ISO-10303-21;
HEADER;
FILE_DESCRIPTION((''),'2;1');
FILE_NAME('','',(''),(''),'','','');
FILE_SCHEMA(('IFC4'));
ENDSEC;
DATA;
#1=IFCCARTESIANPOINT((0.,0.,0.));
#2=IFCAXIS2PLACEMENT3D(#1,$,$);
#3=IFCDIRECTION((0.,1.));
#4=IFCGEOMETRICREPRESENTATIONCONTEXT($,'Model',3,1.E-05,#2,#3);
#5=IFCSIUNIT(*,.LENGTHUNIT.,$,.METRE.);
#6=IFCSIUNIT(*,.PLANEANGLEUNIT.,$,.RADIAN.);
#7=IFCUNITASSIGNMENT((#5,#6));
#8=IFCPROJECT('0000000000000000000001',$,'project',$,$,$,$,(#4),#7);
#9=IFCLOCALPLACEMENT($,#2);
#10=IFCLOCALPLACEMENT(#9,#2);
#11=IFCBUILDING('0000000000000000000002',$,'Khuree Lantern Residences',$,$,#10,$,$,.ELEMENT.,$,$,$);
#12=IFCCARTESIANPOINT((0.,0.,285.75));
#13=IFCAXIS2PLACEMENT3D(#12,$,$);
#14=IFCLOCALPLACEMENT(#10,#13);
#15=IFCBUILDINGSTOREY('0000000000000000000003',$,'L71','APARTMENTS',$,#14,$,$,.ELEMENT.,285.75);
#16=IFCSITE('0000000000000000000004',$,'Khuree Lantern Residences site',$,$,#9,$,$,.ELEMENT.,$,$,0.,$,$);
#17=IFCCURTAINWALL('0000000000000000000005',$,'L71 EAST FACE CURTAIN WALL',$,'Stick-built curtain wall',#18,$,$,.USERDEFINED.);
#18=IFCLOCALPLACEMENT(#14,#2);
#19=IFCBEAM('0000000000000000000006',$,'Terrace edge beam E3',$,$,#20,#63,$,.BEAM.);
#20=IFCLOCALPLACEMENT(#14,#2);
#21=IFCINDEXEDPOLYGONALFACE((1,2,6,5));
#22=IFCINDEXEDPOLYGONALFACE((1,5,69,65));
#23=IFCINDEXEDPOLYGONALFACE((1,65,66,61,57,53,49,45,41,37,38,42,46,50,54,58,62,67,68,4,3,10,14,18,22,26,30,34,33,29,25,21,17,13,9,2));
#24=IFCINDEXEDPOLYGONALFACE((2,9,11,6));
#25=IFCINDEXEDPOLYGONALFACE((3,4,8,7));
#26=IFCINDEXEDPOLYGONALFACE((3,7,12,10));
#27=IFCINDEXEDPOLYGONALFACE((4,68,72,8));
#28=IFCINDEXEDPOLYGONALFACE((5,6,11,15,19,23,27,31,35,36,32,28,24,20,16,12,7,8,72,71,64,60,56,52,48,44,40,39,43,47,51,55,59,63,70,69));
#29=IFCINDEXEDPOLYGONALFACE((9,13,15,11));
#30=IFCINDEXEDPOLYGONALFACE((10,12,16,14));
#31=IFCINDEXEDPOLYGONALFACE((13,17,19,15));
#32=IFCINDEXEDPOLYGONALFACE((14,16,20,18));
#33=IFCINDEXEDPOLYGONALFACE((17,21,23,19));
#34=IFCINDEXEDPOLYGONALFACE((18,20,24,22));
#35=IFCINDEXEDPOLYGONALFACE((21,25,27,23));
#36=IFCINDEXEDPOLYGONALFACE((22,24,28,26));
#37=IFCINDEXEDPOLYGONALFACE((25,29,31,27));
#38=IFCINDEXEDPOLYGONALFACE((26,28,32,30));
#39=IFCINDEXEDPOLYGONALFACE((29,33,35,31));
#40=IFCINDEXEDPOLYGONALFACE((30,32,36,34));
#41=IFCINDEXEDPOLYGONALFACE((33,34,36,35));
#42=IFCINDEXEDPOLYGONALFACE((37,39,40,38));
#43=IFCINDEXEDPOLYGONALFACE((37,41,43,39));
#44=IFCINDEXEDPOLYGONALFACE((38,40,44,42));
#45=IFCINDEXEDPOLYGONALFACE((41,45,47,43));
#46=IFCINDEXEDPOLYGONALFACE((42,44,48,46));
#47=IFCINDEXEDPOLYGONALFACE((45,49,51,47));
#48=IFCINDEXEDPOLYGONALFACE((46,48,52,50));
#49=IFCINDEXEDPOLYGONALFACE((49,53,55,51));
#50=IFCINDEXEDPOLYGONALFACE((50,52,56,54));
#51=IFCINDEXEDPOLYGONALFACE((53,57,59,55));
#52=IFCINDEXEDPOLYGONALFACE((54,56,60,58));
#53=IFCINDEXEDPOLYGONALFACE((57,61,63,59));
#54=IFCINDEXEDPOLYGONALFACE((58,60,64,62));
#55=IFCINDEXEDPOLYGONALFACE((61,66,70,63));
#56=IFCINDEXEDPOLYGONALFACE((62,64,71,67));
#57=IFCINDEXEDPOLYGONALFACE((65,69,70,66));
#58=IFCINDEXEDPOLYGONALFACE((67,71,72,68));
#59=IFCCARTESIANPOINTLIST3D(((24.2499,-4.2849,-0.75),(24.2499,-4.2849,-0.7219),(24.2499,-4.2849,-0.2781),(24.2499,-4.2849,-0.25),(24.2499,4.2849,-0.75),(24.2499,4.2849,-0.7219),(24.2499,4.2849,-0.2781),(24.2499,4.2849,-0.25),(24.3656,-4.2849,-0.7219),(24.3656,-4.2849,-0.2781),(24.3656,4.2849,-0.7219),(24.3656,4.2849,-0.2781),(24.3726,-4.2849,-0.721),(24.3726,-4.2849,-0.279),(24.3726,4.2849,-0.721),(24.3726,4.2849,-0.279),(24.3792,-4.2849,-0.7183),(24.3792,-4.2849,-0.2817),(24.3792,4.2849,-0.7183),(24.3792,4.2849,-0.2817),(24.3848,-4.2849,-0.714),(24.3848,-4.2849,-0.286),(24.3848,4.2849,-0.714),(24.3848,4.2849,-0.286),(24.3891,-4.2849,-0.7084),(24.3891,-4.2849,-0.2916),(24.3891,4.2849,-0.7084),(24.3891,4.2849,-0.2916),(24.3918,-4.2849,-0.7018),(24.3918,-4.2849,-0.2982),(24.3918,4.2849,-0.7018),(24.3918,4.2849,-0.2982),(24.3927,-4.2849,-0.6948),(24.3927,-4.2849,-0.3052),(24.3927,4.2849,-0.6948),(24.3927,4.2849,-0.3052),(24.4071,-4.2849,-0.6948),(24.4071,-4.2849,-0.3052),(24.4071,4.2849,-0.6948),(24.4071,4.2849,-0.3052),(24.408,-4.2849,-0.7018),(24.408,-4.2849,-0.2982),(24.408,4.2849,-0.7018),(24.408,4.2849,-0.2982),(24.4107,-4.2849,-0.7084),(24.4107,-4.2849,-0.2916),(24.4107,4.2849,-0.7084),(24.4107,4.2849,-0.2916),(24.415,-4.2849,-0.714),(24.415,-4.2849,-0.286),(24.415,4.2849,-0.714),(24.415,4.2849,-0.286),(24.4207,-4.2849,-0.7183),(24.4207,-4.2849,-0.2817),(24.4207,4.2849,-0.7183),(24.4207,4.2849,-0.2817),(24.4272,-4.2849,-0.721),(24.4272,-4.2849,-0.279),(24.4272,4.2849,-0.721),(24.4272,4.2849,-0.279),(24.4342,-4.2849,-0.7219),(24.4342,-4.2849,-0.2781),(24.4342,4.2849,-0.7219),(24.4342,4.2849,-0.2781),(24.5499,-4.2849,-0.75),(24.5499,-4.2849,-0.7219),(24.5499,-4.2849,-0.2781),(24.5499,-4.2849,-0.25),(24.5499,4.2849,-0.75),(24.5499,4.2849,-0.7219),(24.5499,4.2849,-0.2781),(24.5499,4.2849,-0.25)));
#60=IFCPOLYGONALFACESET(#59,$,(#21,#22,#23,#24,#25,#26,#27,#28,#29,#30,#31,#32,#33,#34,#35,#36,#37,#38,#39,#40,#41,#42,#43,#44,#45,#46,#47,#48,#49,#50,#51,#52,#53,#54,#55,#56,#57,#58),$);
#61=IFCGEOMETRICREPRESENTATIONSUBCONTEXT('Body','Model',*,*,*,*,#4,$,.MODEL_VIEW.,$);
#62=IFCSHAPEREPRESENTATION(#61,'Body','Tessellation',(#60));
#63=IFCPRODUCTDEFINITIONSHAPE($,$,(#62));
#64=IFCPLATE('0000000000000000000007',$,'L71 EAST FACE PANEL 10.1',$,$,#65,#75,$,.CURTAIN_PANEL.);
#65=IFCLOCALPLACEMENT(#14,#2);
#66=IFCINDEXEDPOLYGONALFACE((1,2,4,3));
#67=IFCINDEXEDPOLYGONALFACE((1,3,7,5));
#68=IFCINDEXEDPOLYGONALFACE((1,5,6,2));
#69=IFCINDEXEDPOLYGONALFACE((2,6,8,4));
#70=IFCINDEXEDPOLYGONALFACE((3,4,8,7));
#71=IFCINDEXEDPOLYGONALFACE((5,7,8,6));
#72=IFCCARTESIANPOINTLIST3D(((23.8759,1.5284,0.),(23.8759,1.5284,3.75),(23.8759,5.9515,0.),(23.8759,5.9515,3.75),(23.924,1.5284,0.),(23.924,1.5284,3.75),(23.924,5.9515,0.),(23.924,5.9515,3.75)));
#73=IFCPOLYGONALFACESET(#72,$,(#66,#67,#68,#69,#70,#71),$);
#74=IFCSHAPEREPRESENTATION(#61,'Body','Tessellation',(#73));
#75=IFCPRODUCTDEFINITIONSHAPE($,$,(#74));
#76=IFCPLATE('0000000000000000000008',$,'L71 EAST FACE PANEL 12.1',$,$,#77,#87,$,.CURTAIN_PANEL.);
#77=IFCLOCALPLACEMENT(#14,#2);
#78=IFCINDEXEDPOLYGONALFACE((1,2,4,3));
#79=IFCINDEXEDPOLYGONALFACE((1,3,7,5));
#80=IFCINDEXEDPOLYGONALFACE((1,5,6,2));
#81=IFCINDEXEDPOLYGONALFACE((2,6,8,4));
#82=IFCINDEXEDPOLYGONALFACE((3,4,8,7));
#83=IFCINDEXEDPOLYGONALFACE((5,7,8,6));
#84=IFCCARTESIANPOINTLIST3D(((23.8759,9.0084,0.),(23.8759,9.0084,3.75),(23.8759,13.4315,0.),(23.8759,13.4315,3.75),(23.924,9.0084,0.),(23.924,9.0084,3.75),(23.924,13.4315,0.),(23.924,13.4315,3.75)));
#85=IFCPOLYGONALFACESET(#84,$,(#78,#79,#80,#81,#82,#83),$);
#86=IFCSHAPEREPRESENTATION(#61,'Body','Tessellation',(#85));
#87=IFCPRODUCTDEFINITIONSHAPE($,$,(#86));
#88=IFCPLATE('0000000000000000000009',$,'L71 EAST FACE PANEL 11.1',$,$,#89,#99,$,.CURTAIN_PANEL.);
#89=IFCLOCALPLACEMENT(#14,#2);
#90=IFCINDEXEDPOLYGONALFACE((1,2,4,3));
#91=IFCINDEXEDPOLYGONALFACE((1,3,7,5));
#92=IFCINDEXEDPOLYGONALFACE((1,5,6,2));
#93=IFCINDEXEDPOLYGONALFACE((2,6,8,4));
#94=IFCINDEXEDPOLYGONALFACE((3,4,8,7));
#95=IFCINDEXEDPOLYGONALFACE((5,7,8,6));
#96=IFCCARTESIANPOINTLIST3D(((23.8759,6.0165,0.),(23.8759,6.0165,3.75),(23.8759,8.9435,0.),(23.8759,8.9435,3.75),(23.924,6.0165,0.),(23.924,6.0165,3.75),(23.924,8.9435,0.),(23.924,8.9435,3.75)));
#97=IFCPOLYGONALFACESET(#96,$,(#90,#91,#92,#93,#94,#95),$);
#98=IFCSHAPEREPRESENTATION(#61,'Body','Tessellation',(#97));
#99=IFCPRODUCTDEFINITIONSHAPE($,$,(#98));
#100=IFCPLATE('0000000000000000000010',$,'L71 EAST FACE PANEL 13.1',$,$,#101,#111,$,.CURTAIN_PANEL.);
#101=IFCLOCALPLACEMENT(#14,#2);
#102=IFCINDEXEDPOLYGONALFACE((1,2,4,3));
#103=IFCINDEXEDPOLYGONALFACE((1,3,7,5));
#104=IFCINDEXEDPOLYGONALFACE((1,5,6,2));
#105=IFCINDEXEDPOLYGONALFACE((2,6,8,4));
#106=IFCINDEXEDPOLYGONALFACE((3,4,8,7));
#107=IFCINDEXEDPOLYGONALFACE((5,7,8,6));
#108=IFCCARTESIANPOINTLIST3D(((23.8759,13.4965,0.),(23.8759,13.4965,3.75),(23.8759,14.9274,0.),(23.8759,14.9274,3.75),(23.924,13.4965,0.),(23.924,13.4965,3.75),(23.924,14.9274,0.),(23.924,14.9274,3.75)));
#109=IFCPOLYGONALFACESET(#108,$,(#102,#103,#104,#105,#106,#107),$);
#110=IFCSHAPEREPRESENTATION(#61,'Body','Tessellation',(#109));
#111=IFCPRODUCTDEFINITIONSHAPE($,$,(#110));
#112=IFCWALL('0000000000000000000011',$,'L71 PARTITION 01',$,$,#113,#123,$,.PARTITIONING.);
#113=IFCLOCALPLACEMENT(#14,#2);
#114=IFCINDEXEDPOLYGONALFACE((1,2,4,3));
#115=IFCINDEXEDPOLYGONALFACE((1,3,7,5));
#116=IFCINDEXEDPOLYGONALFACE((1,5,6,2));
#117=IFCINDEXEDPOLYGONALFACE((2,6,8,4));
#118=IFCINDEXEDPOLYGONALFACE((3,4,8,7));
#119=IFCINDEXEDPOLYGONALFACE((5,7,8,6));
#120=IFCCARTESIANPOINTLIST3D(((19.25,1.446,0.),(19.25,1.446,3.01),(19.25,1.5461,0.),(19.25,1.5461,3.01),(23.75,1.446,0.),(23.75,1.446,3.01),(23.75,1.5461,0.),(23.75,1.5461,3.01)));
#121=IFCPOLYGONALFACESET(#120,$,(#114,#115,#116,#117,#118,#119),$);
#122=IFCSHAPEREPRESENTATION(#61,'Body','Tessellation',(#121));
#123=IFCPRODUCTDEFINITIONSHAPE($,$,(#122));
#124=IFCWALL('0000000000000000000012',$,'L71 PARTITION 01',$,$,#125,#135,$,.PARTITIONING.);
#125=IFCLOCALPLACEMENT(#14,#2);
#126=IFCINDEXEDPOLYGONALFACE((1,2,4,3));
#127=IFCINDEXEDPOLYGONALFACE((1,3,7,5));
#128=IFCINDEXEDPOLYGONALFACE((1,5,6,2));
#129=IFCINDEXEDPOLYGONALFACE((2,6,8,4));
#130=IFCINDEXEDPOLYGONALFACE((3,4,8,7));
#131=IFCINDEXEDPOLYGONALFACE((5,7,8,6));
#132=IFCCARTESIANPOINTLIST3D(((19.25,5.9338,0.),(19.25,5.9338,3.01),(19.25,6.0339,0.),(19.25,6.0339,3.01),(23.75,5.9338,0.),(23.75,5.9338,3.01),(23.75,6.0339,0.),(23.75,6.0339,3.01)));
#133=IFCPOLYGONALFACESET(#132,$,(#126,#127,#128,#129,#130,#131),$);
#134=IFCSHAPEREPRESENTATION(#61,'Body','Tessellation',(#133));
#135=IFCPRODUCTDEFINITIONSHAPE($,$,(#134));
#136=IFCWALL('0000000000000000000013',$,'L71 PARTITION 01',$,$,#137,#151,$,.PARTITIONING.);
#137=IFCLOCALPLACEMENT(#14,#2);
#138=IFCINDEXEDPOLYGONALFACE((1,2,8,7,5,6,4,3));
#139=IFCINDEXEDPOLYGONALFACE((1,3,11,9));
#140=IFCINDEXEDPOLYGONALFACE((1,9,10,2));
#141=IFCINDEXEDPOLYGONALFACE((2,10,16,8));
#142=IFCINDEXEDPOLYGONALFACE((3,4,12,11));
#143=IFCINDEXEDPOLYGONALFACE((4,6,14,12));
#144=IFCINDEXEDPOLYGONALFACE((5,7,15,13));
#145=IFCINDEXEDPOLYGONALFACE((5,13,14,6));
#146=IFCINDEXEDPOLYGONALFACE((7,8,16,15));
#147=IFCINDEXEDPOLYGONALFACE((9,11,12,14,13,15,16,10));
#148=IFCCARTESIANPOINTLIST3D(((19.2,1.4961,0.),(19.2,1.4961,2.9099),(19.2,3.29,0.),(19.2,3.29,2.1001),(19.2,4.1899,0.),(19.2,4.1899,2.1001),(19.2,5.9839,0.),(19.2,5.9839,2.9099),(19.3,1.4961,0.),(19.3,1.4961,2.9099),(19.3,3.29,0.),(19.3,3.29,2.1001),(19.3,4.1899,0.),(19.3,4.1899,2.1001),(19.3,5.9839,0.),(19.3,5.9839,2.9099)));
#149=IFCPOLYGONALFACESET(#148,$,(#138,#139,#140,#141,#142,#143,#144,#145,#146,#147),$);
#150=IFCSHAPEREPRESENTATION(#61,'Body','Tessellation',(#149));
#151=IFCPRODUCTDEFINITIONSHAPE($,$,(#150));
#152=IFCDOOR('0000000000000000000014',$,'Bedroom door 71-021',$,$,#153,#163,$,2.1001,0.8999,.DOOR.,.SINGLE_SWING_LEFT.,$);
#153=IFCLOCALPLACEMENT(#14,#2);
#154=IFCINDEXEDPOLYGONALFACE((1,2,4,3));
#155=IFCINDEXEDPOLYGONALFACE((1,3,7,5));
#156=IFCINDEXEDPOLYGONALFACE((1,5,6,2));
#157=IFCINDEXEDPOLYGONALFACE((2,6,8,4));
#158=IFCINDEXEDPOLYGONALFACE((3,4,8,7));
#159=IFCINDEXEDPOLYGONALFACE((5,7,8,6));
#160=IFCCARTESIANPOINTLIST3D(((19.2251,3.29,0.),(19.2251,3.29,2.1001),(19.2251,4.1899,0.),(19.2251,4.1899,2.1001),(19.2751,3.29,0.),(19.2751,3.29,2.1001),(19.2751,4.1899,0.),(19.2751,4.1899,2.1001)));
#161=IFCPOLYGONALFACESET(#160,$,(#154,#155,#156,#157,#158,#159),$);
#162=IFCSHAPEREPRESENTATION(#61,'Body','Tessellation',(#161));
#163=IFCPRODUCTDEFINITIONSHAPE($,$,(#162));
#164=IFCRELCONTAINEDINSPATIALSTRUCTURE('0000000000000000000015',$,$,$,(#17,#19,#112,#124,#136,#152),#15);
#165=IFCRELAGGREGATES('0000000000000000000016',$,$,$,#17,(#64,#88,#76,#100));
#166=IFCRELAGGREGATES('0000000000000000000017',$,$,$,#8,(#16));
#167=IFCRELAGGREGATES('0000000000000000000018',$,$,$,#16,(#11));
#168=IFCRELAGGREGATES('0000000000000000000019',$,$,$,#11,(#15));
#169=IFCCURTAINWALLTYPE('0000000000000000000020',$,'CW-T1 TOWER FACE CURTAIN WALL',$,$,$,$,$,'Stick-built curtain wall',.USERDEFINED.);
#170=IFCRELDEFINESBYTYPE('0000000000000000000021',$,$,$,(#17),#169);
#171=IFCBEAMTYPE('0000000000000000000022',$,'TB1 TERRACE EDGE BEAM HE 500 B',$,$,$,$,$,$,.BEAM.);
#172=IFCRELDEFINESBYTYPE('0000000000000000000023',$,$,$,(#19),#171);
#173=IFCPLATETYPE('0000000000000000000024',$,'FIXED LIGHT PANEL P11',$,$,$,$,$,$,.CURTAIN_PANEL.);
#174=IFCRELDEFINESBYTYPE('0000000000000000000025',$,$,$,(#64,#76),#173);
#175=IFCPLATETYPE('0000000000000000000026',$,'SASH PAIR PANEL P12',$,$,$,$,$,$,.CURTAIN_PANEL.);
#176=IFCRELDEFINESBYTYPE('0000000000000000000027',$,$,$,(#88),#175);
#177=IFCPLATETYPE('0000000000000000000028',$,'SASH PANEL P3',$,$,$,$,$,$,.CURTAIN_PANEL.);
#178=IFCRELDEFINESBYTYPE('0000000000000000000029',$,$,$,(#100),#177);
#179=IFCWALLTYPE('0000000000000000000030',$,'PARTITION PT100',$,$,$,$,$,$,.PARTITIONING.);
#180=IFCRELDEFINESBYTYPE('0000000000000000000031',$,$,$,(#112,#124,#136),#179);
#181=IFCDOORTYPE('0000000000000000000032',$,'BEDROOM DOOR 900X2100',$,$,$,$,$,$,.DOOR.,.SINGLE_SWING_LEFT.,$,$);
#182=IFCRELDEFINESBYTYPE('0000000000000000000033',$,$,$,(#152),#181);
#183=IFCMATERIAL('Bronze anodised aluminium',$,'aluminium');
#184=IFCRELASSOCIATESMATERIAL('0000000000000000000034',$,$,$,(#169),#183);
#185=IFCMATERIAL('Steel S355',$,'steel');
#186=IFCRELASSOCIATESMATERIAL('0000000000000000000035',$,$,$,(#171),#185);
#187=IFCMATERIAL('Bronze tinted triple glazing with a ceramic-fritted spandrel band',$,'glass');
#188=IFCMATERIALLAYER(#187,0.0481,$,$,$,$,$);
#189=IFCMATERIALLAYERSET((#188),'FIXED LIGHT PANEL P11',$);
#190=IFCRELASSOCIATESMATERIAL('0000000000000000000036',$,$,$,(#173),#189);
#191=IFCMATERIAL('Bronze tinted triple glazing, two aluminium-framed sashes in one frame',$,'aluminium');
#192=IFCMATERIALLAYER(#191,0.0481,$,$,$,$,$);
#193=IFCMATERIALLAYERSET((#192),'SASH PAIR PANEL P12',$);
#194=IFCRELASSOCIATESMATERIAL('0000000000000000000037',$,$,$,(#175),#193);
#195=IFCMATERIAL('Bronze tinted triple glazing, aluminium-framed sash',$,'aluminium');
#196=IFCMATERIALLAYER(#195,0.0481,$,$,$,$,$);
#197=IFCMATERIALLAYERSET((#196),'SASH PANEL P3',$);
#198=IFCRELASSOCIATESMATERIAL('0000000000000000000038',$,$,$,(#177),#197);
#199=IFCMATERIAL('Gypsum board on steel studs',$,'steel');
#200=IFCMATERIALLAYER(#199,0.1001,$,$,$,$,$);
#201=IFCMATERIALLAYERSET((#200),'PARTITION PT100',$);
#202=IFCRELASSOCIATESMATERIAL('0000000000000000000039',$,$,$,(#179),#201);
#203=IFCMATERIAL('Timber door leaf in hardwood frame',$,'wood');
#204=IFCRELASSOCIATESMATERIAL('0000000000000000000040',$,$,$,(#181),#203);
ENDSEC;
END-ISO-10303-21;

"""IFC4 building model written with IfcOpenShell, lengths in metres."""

from ifc_helpers import new_model, si_unit, direction, frame, frame_2d, origin, origin_2d, place, context, subcontext, project, spatial, rectangle, i_section, extrude, material, layer, layer_set, material_profile, profile_set, type_object, element, fill, aggregate, save


model = new_model("IFC4")

# Units and contexts
model_context = context("Model", 3, precision=1e-05, world=origin(), true_north=direction((0.0, 1.0)))
body_context = subcontext(model_context, "Body", "Model", "MODEL_VIEW")
ifc_project = project(units=[si_unit("LENGTHUNIT", "METRE"), si_unit("PLANEANGLEUNIT", "RADIAN")], contexts=[model_context])

# Site, building, storey
site_placement = place(None, origin())
site = spatial("IfcSite", under=ifc_project, at=site_placement, Name="Khuree Lantern Residences site", CompositionType="ELEMENT", RefElevation=0.0)
building_placement = place(site_placement, origin())
building = spatial("IfcBuilding", under=site, at=building_placement, Name="Khuree Lantern Residences", CompositionType="ELEMENT")
storey_placement = place(building_placement, frame((0.0, 0.0, 285.75)))
storey = spatial("IfcBuildingStorey", under=building, at=storey_placement, Name="L71", Description="APARTMENTS", CompositionType="ELEMENT", Elevation=285.75)

# Shared definitions
ifc_material_1 = material(Name="Steel S355", Category="steel")

# Curtain wall
ifc_material_2 = material(Name="Bronze anodised aluminium", Category="aluminium")
curtain_wall_type = type_object("IfcCurtainWallType", Name="CW-T1 TOWER FACE CURTAIN WALL", ElementType="Stick-built curtain wall", PredefinedType="USERDEFINED", material=ifc_material_2)
curtain_wall_placement = place(storey_placement, origin())
curtain_wall = element("IfcCurtainWall", 1, at=curtain_wall_placement, inside=storey, type_object=curtain_wall_type, Name="L71 EAST FACE CURTAIN WALL", ObjectType="Stick-built curtain wall", PredefinedType="USERDEFINED")

# Beam
ifc_material_profile_1 = material_profile(ifc_material_1, i_section(OverallWidth=0.3, OverallDepth=0.5, WebThickness=0.0144, FlangeThickness=0.0281, FilletRadius=0.0271, at=origin_2d()), Name="HE 500 B")
ifc_profile_set_1 = profile_set([ifc_material_profile_1], Name="Steel S355")
beam_type_1 = type_object("IfcBeamType", Name="TB1 TERRACE EDGE BEAM HE 500 B", PredefinedType="BEAM", material=ifc_profile_set_1)
beam_1_placement = place(storey_placement, frame((24.3999, 4.2849, -0.5), z_axis=(0.0, -1.0, 0.0), x_axis=(1.0, 0.0, 0.0)))
element("IfcBeam", 2, at=beam_1_placement, inside=storey, type_object=beam_type_1, Name="Terrace edge beam E3", PredefinedType="BEAM", context=body_context, shape_type="SweptSolid", body=[
    extrude(i_section(OverallWidth=0.3, OverallDepth=0.5, WebThickness=0.0144, FlangeThickness=0.0281, FilletRadius=0.0271, at=origin_2d()), origin(), (0.0, 0.0, 1.0), 8.5698),
])

# Plates
ifc_material_3 = material(Name="Bronze tinted triple glazing with a ceramic-fritted spandrel band", Category="glass")
ifc_layer_1 = layer(ifc_material_3, 0.0481)
ifc_layer_set_1 = layer_set([ifc_layer_1], Name="FIXED LIGHT PANEL P11")
plate_type_1 = type_object("IfcPlateType", Name="FIXED LIGHT PANEL P11", PredefinedType="CURTAIN_PANEL", material=ifc_layer_set_1)
plate_1_placement = place(storey_placement, frame((23.8999, 3.74, 0.0), z_axis=(0.0, 0.0, 1.0), x_axis=(0.0, 1.0, 0.0)))
plate_1 = element("IfcPlate", 3, at=plate_1_placement, type_object=plate_type_1, Name="L71 EAST FACE PANEL 10.1", PredefinedType="CURTAIN_PANEL", context=body_context, shape_type="SweptSolid", body=[
    extrude(rectangle(XDim=4.4231, YDim=0.0481, at=origin_2d()), origin(), (0.0, 0.0, 1.0), 3.75),
])
plate_2_placement = place(storey_placement, frame((23.8999, 11.22, 0.0), z_axis=(0.0, 0.0, 1.0), x_axis=(0.0, 1.0, 0.0)))
plate_2 = element("IfcPlate", 4, at=plate_2_placement, type_object=plate_type_1, Name="L71 EAST FACE PANEL 12.1", PredefinedType="CURTAIN_PANEL", context=body_context, shape_type="SweptSolid", body=[
    extrude(rectangle(XDim=4.4231, YDim=0.0481, at=origin_2d()), origin(), (0.0, 0.0, 1.0), 3.75),
])
ifc_material_4 = material(Name="Bronze tinted triple glazing, two aluminium-framed sashes in one frame", Category="aluminium")
ifc_layer_2 = layer(ifc_material_4, 0.0481)
ifc_layer_set_2 = layer_set([ifc_layer_2], Name="SASH PAIR PANEL P12")
plate_type_2 = type_object("IfcPlateType", Name="SASH PAIR PANEL P12", PredefinedType="CURTAIN_PANEL", material=ifc_layer_set_2)
plate_3_placement = place(storey_placement, frame((23.8999, 7.48, 0.0), z_axis=(0.0, 0.0, 1.0), x_axis=(0.0, 1.0, 0.0)))
plate_3 = element("IfcPlate", 5, at=plate_3_placement, type_object=plate_type_2, Name="L71 EAST FACE PANEL 11.1", PredefinedType="CURTAIN_PANEL", context=body_context, shape_type="SweptSolid", body=[
    extrude(rectangle(XDim=2.927, YDim=0.0481, at=origin_2d()), origin(), (0.0, 0.0, 1.0), 3.75),
])
ifc_material_5 = material(Name="Bronze tinted triple glazing, aluminium-framed sash", Category="aluminium")
ifc_layer_3 = layer(ifc_material_5, 0.0481)
ifc_layer_set_3 = layer_set([ifc_layer_3], Name="SASH PANEL P3")
plate_type_3 = type_object("IfcPlateType", Name="SASH PANEL P3", PredefinedType="CURTAIN_PANEL", material=ifc_layer_set_3)
plate_4_placement = place(storey_placement, frame((23.8999, 14.2119, 0.0), z_axis=(0.0, 0.0, 1.0), x_axis=(0.0, 1.0, 0.0)))
plate_4 = element("IfcPlate", 6, at=plate_4_placement, type_object=plate_type_3, Name="L71 EAST FACE PANEL 13.1", PredefinedType="CURTAIN_PANEL", context=body_context, shape_type="SweptSolid", body=[
    extrude(rectangle(XDim=1.4309, YDim=0.0481, at=origin_2d()), origin(), (0.0, 0.0, 1.0), 3.75),
])
aggregate(curtain_wall, [plate_1, plate_3, plate_2, plate_4])

# Walls
ifc_material_6 = material(Name="Gypsum board on steel studs", Category="steel")
ifc_layer_4 = layer(ifc_material_6, 0.1001)
ifc_layer_set_4 = layer_set([ifc_layer_4], Name="PARTITION PT100")
wall_type = type_object("IfcWallType", Name="PARTITION PT100", PredefinedType="PARTITIONING", material=ifc_layer_set_4)
for number, where, z_axis, x_axis, name in (
    (7, (19.25, 1.4961, 0.0), (0.0, 0.0, 1.0), (1.0, 0.0, 0.0), "L71 PARTITION 01"),
    (8, (19.25, 5.9839, 0.0), (0.0, 0.0, 1.0), (1.0, 0.0, 0.0), "L71 PARTITION 01"),
):
    element("IfcWall", number, at=place(storey_placement, frame(where, z_axis=z_axis, x_axis=x_axis)), inside=storey, type_object=wall_type, Name=name, PredefinedType="PARTITIONING", context=body_context, shape_type="SweptSolid", body=[
        extrude(rectangle(XDim=4.5, YDim=0.1001, at=frame_2d((2.25, 0.0))), origin(), (0.0, 0.0, 1.0), 3.01),
    ])

# Wall, opening, door
wall_placement = place(storey_placement, frame((19.25, 1.4961, 0.0), z_axis=(0.0, 0.0, 1.0), x_axis=(0.0, 1.0, 0.0)))
wall = element("IfcWall", 9, at=wall_placement, inside=storey, type_object=wall_type, Name="L71 PARTITION 01", PredefinedType="PARTITIONING", context=body_context, shape_type="SweptSolid", body=[
    extrude(rectangle(XDim=4.4878, YDim=0.1001, at=frame_2d((2.2439, 0.0))), origin(), (0.0, 0.0, 1.0), 2.9099),
])
opening_placement = place(wall_placement, frame((1.7939, 0.0, 0.0)))
opening = element("IfcOpeningElement", 10, at=opening_placement, cuts=wall, PredefinedType="OPENING", context=body_context, shape_type="SweptSolid", body=[
    extrude(rectangle(XDim=0.8999, YDim=2.1001, at=frame_2d((0.45, 1.05))), frame((0.0, 0.0601, 0.0), z_axis=(0.0, -1.0, 0.0), x_axis=(1.0, 0.0, 0.0)), (0.0, 0.0, 1.0), 0.1201),
])
ifc_material_7 = material(Name="Timber door leaf in hardwood frame", Category="wood")
door_type = type_object("IfcDoorType", Name="BEDROOM DOOR 900X2100", OperationType="SINGLE_SWING_LEFT", PredefinedType="DOOR", material=ifc_material_7)
door_placement = place(opening_placement, origin())
door = element("IfcDoor", 11, at=door_placement, inside=storey, type_object=door_type, Name="Bedroom door 71-021", OperationType="SINGLE_SWING_LEFT", OverallHeight=2.1001, OverallWidth=0.8999, PredefinedType="DOOR", context=body_context, shape_type="SweptSolid", body=[
    extrude(rectangle(XDim=0.8999, YDim=2.1001, at=frame_2d((0.45, 1.05))), frame((0.0, 0.0249, 0.0), z_axis=(0.0, -1.0, 0.0), x_axis=(1.0, 0.0, 0.0)), (0.0, 0.0, 1.0), 0.05),
])
fill(opening, door)

save(model, "model.ifc")
